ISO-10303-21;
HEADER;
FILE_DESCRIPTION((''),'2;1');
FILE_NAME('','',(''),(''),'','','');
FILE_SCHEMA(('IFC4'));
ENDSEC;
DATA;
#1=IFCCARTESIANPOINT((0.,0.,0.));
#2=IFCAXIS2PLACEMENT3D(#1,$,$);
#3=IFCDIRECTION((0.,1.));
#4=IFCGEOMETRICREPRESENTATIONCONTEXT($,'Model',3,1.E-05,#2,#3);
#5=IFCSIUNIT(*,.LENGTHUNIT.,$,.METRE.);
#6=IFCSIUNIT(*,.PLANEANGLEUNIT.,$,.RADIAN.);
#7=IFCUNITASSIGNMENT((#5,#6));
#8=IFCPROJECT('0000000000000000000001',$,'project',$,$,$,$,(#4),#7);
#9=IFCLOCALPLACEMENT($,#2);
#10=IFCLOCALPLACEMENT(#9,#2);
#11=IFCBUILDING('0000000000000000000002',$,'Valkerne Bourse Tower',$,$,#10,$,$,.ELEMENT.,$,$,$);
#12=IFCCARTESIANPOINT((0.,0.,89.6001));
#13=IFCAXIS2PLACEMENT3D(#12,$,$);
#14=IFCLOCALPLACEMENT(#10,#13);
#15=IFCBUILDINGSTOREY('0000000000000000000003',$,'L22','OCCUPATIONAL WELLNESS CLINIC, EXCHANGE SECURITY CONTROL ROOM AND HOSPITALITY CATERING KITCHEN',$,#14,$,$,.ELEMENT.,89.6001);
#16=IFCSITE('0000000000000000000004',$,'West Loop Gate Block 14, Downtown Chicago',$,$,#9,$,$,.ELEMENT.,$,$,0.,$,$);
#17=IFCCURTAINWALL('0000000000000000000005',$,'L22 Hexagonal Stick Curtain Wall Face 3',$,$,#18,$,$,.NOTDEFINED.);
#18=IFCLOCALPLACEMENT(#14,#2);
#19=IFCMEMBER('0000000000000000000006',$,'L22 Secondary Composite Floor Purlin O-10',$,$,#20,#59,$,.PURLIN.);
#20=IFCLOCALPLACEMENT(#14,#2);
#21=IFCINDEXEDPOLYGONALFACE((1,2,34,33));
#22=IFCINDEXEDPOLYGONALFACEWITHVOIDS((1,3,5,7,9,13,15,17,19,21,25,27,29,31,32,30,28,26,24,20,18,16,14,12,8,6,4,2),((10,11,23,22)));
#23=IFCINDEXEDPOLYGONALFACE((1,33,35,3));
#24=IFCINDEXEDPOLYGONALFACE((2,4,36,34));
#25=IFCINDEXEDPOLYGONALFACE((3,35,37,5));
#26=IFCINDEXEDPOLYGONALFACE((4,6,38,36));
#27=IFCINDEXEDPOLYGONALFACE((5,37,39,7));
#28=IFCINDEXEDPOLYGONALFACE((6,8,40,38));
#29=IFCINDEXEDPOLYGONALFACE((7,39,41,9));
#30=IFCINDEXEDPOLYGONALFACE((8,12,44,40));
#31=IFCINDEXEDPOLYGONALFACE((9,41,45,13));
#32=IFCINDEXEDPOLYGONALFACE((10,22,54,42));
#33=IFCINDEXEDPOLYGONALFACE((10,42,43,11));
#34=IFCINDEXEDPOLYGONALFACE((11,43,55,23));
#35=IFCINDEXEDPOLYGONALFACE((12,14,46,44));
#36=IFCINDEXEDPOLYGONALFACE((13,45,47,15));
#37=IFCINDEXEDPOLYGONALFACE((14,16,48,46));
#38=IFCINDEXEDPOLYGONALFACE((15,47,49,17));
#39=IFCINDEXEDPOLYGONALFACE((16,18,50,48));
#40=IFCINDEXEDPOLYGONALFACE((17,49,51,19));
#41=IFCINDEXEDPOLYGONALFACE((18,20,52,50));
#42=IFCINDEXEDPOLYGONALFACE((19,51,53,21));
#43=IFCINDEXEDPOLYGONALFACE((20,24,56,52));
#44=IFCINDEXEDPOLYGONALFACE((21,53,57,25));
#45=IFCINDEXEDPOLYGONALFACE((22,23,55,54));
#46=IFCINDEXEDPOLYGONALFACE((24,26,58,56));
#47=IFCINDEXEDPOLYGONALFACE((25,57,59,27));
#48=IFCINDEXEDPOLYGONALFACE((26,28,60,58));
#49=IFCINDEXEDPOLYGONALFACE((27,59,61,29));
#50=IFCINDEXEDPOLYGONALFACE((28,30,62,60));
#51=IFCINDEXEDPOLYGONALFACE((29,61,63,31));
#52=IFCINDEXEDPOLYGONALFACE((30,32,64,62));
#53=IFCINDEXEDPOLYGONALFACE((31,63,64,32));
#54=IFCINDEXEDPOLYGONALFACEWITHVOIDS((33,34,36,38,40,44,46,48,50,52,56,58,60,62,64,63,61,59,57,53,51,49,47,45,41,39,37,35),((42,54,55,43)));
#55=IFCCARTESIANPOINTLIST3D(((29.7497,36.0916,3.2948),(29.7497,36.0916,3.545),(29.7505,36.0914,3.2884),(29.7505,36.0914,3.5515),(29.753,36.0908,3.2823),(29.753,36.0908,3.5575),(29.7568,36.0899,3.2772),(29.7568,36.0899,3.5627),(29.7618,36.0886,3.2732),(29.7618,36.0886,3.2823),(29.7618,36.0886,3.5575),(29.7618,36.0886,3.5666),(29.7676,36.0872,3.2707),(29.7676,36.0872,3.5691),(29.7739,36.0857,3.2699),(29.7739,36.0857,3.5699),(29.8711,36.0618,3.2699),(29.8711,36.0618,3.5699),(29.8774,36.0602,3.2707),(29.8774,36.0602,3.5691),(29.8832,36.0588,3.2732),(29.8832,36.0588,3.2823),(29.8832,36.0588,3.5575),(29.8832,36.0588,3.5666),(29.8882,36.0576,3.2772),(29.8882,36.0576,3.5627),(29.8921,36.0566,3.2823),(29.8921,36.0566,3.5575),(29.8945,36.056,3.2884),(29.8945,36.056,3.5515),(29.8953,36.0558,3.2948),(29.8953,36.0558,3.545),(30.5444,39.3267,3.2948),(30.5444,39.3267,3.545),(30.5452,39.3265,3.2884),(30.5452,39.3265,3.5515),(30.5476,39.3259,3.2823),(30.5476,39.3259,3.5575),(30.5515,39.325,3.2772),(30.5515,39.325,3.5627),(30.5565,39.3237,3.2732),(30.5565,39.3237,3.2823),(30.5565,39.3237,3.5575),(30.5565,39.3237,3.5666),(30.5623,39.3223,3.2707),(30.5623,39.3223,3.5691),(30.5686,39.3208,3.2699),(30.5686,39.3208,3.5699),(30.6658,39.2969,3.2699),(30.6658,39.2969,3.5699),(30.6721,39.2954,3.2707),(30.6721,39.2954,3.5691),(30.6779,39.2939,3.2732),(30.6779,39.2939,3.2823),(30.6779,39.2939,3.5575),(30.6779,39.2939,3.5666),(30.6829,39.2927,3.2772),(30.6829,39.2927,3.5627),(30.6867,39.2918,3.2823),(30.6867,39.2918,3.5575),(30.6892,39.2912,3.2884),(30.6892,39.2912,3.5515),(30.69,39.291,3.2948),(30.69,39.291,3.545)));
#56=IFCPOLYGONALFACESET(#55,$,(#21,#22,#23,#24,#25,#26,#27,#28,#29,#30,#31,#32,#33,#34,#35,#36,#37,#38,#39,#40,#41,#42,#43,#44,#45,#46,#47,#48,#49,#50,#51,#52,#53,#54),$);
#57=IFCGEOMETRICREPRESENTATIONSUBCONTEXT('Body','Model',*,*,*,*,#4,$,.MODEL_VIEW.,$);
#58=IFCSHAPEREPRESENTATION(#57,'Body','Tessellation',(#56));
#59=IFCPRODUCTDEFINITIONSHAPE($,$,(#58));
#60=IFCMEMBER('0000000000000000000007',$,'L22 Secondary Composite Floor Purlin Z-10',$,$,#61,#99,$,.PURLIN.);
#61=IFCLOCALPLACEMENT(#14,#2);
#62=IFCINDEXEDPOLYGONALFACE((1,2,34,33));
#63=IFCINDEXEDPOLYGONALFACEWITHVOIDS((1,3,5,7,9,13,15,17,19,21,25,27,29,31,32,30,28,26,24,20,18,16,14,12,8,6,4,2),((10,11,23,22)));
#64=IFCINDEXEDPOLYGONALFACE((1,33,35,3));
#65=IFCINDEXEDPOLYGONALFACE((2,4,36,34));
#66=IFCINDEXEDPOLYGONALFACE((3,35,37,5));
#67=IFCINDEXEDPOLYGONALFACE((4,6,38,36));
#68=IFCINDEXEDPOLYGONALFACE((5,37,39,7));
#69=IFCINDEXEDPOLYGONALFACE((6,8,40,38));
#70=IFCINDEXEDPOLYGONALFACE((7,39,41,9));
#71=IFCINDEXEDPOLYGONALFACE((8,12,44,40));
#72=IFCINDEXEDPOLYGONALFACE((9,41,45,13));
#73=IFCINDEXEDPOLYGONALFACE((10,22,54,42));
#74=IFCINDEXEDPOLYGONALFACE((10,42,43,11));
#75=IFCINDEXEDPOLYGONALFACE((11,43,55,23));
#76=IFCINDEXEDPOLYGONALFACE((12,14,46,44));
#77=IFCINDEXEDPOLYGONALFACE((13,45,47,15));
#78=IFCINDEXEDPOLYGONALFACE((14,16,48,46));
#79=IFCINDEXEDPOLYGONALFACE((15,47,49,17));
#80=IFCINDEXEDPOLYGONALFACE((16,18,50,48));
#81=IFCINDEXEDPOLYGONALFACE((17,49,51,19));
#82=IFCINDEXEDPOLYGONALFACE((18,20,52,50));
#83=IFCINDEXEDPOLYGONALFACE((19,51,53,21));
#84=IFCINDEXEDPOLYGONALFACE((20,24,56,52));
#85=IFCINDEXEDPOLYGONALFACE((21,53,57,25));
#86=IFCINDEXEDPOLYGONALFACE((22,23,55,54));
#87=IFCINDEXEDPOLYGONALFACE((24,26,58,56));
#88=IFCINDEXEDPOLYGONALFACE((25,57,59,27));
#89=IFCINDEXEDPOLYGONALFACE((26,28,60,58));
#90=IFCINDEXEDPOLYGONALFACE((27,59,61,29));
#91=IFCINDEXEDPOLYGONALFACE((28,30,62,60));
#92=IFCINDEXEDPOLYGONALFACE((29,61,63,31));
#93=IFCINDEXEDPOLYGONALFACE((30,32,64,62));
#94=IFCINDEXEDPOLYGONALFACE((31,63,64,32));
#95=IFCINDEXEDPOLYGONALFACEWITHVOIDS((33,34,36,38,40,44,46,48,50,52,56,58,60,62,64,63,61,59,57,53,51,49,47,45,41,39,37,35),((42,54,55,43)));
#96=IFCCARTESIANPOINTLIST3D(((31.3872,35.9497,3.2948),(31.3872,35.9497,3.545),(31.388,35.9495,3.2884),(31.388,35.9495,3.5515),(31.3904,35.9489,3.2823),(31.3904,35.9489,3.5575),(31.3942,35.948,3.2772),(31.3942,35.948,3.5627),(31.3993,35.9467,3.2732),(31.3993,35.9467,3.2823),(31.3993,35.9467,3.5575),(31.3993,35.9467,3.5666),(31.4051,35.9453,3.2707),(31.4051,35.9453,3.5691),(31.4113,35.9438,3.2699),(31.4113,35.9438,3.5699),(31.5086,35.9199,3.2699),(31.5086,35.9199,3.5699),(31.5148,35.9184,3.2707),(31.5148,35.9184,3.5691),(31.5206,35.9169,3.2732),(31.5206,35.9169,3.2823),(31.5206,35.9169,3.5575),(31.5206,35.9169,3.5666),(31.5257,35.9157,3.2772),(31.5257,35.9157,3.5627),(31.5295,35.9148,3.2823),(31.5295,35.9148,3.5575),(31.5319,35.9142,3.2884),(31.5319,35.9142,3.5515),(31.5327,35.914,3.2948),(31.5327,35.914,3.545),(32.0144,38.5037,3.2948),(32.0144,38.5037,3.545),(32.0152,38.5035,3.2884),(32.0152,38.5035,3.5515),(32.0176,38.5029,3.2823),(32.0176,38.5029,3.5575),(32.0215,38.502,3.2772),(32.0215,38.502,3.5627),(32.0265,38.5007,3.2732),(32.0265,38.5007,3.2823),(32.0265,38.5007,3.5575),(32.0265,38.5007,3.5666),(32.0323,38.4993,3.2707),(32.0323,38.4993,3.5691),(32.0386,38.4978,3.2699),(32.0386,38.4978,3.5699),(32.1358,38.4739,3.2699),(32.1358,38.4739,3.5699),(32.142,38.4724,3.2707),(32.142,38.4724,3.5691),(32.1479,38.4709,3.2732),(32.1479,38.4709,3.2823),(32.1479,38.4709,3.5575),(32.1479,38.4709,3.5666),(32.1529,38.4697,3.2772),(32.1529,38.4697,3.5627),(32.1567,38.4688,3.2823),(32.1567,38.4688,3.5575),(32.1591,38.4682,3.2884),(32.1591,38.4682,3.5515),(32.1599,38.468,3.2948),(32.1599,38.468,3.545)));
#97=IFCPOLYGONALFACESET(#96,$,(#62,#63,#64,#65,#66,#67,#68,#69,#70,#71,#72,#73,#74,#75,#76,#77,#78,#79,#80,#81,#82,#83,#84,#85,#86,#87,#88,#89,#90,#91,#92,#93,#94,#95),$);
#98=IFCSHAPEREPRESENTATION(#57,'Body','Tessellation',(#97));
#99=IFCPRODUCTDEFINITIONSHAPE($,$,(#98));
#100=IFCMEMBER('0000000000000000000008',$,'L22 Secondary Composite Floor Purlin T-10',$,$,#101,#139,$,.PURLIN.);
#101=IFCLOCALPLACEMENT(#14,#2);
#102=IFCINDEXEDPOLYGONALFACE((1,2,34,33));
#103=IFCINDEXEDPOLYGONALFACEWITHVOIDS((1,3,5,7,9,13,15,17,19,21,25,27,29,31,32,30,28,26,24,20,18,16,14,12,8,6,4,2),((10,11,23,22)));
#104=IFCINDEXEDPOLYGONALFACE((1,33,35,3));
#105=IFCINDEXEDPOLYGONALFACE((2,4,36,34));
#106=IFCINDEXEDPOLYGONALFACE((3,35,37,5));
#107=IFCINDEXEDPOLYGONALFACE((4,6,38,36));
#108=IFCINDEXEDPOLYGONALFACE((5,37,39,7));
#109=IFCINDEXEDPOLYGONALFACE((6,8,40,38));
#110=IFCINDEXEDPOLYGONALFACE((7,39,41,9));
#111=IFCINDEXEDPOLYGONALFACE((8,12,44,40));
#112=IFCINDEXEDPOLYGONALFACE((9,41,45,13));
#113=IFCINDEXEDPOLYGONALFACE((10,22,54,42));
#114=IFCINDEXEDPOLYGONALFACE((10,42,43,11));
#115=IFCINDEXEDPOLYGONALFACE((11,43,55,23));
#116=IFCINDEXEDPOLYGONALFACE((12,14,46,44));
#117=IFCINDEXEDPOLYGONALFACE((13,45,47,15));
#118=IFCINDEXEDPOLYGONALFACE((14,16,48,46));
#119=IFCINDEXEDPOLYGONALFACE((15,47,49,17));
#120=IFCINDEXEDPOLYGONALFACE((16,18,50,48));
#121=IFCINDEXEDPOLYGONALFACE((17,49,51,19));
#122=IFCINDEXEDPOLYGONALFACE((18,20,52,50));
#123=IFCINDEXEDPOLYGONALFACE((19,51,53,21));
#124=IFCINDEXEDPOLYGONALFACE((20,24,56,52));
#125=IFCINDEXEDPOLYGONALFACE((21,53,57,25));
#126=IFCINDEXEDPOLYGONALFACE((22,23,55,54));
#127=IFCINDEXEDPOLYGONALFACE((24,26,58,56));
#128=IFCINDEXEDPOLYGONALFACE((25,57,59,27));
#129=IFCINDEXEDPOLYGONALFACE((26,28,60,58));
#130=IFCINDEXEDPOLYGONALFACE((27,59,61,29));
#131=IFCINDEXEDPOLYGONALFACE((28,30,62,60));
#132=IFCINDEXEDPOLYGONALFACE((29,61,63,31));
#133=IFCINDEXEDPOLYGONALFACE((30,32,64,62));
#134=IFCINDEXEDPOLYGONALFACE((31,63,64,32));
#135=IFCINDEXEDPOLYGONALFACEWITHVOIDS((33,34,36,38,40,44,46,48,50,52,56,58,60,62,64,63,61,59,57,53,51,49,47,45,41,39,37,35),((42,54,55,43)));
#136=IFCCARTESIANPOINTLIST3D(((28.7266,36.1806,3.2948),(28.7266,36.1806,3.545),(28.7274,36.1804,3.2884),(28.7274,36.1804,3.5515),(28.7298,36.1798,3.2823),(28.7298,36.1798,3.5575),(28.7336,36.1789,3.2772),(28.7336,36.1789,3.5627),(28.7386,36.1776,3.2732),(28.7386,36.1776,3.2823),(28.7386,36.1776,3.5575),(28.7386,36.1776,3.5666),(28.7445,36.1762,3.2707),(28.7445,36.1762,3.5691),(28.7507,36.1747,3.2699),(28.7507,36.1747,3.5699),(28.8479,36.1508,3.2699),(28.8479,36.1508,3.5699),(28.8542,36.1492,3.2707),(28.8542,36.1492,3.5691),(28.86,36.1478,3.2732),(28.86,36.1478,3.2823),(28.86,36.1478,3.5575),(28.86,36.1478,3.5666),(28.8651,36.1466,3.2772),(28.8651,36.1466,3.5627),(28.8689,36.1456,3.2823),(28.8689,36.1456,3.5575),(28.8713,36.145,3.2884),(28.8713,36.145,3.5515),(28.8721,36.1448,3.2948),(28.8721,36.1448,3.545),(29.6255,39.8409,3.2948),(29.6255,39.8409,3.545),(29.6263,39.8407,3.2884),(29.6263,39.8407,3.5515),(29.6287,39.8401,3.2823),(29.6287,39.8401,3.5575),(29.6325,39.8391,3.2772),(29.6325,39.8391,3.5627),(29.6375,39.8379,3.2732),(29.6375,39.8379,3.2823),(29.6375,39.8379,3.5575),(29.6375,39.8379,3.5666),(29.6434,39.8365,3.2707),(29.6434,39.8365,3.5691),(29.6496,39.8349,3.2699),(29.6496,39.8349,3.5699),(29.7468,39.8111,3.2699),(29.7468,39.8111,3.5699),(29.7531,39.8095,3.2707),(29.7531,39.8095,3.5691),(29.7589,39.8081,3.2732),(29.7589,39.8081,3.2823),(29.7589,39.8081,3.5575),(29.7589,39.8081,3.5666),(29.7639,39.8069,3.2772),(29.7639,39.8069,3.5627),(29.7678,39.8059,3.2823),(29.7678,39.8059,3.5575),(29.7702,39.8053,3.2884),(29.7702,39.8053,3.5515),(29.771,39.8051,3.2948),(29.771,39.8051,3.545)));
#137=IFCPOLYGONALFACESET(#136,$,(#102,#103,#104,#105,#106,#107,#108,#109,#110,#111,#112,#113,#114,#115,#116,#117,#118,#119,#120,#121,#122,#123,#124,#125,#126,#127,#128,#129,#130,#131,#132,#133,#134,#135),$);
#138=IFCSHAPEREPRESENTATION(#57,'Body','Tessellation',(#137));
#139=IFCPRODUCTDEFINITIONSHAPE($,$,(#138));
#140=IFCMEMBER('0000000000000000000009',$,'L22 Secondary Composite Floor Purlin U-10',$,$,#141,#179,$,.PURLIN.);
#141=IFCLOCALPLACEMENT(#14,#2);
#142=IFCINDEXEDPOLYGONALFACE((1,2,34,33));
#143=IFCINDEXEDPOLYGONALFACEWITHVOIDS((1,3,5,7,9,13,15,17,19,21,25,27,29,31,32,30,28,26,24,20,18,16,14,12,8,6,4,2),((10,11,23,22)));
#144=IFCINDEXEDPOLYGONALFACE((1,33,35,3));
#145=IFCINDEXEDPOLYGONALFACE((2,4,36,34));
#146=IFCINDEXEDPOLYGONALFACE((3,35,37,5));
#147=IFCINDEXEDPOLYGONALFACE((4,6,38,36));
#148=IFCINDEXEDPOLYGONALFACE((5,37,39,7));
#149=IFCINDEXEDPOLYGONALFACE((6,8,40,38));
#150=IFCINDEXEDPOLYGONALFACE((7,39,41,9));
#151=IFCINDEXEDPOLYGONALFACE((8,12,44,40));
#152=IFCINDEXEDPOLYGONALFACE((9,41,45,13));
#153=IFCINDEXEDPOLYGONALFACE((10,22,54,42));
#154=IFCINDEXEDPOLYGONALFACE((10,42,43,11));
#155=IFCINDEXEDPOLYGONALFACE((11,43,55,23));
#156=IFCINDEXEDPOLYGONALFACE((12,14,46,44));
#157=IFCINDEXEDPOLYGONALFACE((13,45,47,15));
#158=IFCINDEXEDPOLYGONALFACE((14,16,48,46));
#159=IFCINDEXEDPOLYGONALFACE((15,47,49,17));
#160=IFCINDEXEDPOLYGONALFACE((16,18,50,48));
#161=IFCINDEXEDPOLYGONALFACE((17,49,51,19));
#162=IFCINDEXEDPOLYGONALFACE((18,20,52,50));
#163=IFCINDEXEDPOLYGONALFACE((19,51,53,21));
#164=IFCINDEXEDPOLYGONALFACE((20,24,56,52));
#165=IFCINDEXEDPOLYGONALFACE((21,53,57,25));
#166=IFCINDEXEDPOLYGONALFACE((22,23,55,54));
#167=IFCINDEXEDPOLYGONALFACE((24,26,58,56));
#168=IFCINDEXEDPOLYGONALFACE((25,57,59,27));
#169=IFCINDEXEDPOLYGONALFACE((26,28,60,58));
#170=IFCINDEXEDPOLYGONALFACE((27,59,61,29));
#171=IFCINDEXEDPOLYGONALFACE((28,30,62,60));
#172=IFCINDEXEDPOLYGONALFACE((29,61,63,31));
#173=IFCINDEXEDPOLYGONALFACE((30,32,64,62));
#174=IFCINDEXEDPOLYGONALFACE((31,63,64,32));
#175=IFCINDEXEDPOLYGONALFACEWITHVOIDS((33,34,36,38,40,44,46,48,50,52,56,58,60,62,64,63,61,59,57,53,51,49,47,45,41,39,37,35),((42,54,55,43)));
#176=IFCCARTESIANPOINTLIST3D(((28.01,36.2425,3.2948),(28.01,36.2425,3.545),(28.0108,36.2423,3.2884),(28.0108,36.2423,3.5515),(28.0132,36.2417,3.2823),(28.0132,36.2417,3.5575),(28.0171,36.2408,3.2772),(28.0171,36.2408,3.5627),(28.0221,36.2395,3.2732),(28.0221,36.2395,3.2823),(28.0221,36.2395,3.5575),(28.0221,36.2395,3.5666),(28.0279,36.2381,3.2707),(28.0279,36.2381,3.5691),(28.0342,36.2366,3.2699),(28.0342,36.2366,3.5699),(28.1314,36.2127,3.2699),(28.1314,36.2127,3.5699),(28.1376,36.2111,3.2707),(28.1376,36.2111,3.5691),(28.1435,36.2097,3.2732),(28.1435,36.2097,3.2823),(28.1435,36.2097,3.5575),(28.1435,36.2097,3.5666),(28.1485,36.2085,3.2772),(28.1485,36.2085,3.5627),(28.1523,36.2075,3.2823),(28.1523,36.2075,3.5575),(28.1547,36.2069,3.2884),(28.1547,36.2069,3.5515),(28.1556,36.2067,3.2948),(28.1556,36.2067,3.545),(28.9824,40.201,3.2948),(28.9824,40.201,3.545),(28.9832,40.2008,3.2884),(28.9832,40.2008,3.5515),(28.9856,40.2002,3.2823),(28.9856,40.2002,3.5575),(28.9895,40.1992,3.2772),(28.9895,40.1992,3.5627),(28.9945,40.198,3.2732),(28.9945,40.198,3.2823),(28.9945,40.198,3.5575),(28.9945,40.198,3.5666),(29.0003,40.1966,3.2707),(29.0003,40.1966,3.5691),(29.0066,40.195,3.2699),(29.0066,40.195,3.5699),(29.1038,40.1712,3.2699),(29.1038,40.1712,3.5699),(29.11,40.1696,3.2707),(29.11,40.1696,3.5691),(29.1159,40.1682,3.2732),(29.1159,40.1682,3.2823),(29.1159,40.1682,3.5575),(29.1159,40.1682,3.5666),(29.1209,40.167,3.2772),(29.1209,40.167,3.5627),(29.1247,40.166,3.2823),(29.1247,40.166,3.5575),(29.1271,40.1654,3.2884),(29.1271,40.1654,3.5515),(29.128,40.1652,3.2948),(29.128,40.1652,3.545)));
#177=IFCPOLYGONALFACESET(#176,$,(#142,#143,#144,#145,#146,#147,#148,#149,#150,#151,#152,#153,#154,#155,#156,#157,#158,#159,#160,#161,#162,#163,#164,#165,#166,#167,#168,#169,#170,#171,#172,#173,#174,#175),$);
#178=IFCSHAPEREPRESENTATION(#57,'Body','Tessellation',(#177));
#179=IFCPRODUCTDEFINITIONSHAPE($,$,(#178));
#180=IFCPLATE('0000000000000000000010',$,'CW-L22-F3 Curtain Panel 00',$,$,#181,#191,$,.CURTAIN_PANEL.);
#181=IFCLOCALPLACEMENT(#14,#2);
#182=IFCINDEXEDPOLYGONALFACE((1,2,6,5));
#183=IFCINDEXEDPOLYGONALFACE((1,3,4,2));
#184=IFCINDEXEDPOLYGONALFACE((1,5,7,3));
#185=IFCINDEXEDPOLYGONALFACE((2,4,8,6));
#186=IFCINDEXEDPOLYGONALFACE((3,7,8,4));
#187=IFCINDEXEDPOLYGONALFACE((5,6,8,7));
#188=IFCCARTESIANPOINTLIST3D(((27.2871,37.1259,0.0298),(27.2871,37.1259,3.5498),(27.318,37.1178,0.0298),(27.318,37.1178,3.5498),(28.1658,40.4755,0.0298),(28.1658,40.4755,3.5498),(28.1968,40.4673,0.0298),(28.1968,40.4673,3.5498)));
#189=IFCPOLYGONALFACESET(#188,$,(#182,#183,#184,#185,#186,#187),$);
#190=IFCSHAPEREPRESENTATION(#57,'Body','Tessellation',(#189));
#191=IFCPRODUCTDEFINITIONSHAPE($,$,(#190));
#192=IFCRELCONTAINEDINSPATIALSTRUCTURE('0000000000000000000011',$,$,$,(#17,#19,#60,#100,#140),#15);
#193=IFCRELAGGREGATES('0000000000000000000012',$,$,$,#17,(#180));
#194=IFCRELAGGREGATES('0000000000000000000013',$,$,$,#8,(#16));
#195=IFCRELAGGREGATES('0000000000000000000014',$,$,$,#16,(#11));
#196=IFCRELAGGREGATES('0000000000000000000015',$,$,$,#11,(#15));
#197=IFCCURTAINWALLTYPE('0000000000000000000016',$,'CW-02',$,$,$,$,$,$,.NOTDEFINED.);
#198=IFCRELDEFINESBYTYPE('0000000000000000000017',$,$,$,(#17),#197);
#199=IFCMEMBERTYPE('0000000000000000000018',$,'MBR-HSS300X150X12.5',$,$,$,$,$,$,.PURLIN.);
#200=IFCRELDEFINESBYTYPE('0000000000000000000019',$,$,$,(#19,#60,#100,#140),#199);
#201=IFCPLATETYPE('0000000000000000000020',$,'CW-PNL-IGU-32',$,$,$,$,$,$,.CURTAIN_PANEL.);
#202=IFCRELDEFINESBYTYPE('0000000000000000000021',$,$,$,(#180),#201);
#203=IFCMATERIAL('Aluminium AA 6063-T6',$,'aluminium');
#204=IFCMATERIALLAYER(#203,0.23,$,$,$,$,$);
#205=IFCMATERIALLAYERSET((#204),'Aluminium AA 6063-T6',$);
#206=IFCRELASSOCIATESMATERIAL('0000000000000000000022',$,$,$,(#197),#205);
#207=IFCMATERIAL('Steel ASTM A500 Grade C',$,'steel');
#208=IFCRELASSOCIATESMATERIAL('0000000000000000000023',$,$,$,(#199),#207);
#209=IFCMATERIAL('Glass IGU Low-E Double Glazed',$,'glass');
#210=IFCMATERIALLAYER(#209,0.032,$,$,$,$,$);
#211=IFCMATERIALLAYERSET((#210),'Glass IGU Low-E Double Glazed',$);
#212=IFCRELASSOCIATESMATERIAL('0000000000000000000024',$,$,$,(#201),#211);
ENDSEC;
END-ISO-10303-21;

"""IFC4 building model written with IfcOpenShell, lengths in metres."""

from ifc_helpers import new_model, si_unit, direction, frame, origin, origin_2d, place, context, subcontext, project, spatial, rectangle, hollow_rectangle, extrude, material, layer, layer_set, material_profile, profile_set, type_object, element, aggregate, save


model = new_model("IFC4")

# Units and contexts
model_context = context("Model", 3, precision=1e-05, world=origin(), true_north=direction((0.0, 1.0)))
body_context = subcontext(model_context, "Body", "Model", "MODEL_VIEW")
ifc_project = project(units=[si_unit("LENGTHUNIT", "METRE"), si_unit("PLANEANGLEUNIT", "RADIAN")], contexts=[model_context])

# Site, building, storey
site_placement = place(None, origin())
site = spatial("IfcSite", under=ifc_project, at=site_placement, Name="West Loop Gate Block 14, Downtown Chicago", CompositionType="ELEMENT", RefElevation=0.0)
building_placement = place(site_placement, origin())
building = spatial("IfcBuilding", under=site, at=building_placement, Name="Valkerne Bourse Tower", CompositionType="ELEMENT")
storey_placement = place(building_placement, frame((0.0, 0.0, 89.6001)))
storey = spatial("IfcBuildingStorey", under=building, at=storey_placement, Name="L22", Description="OCCUPATIONAL WELLNESS CLINIC, EXCHANGE SECURITY CONTROL ROOM AND HOSPITALITY CATERING KITCHEN", CompositionType="ELEMENT", Elevation=89.6001)

# Curtain wall
ifc_material_1 = material(Name="Aluminium AA 6063-T6", Category="aluminium")
ifc_layer_1 = layer(ifc_material_1, 0.23)
ifc_layer_set_1 = layer_set([ifc_layer_1], Name="Aluminium AA 6063-T6")
curtain_wall_type = type_object("IfcCurtainWallType", Name="CW-02", PredefinedType="NOTDEFINED", material=ifc_layer_set_1)
curtain_wall_placement = place(storey_placement, origin())
curtain_wall = element("IfcCurtainWall", 1, at=curtain_wall_placement, inside=storey, type_object=curtain_wall_type, Name="L22 Hexagonal Stick Curtain Wall Face 3", PredefinedType="NOTDEFINED")

# Members
ifc_material_2 = material(Name="Steel ASTM A500 Grade C", Category="steel")
ifc_material_profile_1 = material_profile(ifc_material_2, hollow_rectangle(XDim=0.1499, YDim=0.3, WallThickness=0.0125, OuterFilletRadius=0.0249, at=origin_2d()), Name="HSS300X150X12.5")
ifc_profile_set_1 = profile_set([ifc_material_profile_1], Name="Steel ASTM A500 Grade C")
member_type_1 = type_object("IfcMemberType", Name="MBR-HSS300X150X12.5", PredefinedType="PURLIN", material=ifc_profile_set_1)
member_1_placement = place(storey_placement, frame((30.6172, 39.3088, 3.4199), z_axis=(-0.23855, -0.97113, 0.0), x_axis=(0.97113, -0.23855, 0.0)))
element("IfcMember", 2, at=member_1_placement, inside=storey, type_object=member_type_1, Name="L22 Secondary Composite Floor Purlin O-10", PredefinedType="PURLIN", context=body_context, shape_type="SweptSolid", body=[
    extrude(hollow_rectangle(XDim=0.1499, YDim=0.3, WallThickness=0.0125, OuterFilletRadius=0.0249, at=origin_2d()), origin(), (0.0, 0.0, 1.0), 3.3313),
])
member_2_placement = place(storey_placement, frame((32.0872, 38.4858, 3.4199), z_axis=(-0.238492, -0.971144, 0.0), x_axis=(0.971144, -0.238492, 0.0)))
element("IfcMember", 3, at=member_2_placement, inside=storey, type_object=member_type_1, Name="L22 Secondary Composite Floor Purlin Z-10", PredefinedType="PURLIN", context=body_context, shape_type="SweptSolid", body=[
    extrude(hollow_rectangle(XDim=0.1499, YDim=0.3, WallThickness=0.0125, OuterFilletRadius=0.0249, at=origin_2d()), origin(), (0.0, 0.0, 1.0), 2.6299),
])
member_3_placement = place(storey_placement, frame((29.6982, 39.823, 3.4199), z_axis=(-0.238495, -0.971144, 0.0), x_axis=(0.971144, -0.238495, 0.0)))
element("IfcMember", 4, at=member_3_placement, inside=storey, type_object=member_type_1, Name="L22 Secondary Composite Floor Purlin T-10", PredefinedType="PURLIN", context=body_context, shape_type="SweptSolid", body=[
    extrude(hollow_rectangle(XDim=0.1499, YDim=0.3, WallThickness=0.0125, OuterFilletRadius=0.0249, at=origin_2d()), origin(), (0.0, 0.0, 1.0), 3.769),
])
member_4_placement = place(storey_placement, frame((29.0552, 40.1831, 3.4199), z_axis=(-0.238559, -0.971128, 0.0), x_axis=(0.971128, -0.238559, 0.0)))
element("IfcMember", 5, at=member_4_placement, inside=storey, type_object=member_type_1, Name="L22 Secondary Composite Floor Purlin U-10", PredefinedType="PURLIN", context=body_context, shape_type="SweptSolid", body=[
    extrude(hollow_rectangle(XDim=0.1499, YDim=0.3, WallThickness=0.0125, OuterFilletRadius=0.0249, at=origin_2d()), origin(), (0.0, 0.0, 1.0), 4.0762),
])

# Plate
ifc_material_3 = material(Name="Glass IGU Low-E Double Glazed", Category="glass")
ifc_layer_2 = layer(ifc_material_3, 0.032)
ifc_layer_set_2 = layer_set([ifc_layer_2], Name="Glass IGU Low-E Double Glazed")
plate_type = type_object("IfcPlateType", Name="CW-PNL-IGU-32", PredefinedType="CURTAIN_PANEL", material=ifc_layer_set_2)
plate_1_placement = place(storey_placement, frame((27.7419, 38.7966, 0.0298), z_axis=(0.0, 0.0, 1.0), x_axis=(-0.253755, -0.967268, 0.0)))
plate_1 = element("IfcPlate", 6, at=plate_1_placement, type_object=plate_type, Name="CW-L22-F3 Curtain Panel 00", PredefinedType="CURTAIN_PANEL", context=body_context, shape_type="SweptSolid", body=[
    extrude(rectangle(XDim=3.4629, YDim=0.032, at=origin_2d()), origin(), (0.0, 0.0, 1.0), 3.52),
])
aggregate(curtain_wall, [plate_1])

save(model, "model.ifc")
